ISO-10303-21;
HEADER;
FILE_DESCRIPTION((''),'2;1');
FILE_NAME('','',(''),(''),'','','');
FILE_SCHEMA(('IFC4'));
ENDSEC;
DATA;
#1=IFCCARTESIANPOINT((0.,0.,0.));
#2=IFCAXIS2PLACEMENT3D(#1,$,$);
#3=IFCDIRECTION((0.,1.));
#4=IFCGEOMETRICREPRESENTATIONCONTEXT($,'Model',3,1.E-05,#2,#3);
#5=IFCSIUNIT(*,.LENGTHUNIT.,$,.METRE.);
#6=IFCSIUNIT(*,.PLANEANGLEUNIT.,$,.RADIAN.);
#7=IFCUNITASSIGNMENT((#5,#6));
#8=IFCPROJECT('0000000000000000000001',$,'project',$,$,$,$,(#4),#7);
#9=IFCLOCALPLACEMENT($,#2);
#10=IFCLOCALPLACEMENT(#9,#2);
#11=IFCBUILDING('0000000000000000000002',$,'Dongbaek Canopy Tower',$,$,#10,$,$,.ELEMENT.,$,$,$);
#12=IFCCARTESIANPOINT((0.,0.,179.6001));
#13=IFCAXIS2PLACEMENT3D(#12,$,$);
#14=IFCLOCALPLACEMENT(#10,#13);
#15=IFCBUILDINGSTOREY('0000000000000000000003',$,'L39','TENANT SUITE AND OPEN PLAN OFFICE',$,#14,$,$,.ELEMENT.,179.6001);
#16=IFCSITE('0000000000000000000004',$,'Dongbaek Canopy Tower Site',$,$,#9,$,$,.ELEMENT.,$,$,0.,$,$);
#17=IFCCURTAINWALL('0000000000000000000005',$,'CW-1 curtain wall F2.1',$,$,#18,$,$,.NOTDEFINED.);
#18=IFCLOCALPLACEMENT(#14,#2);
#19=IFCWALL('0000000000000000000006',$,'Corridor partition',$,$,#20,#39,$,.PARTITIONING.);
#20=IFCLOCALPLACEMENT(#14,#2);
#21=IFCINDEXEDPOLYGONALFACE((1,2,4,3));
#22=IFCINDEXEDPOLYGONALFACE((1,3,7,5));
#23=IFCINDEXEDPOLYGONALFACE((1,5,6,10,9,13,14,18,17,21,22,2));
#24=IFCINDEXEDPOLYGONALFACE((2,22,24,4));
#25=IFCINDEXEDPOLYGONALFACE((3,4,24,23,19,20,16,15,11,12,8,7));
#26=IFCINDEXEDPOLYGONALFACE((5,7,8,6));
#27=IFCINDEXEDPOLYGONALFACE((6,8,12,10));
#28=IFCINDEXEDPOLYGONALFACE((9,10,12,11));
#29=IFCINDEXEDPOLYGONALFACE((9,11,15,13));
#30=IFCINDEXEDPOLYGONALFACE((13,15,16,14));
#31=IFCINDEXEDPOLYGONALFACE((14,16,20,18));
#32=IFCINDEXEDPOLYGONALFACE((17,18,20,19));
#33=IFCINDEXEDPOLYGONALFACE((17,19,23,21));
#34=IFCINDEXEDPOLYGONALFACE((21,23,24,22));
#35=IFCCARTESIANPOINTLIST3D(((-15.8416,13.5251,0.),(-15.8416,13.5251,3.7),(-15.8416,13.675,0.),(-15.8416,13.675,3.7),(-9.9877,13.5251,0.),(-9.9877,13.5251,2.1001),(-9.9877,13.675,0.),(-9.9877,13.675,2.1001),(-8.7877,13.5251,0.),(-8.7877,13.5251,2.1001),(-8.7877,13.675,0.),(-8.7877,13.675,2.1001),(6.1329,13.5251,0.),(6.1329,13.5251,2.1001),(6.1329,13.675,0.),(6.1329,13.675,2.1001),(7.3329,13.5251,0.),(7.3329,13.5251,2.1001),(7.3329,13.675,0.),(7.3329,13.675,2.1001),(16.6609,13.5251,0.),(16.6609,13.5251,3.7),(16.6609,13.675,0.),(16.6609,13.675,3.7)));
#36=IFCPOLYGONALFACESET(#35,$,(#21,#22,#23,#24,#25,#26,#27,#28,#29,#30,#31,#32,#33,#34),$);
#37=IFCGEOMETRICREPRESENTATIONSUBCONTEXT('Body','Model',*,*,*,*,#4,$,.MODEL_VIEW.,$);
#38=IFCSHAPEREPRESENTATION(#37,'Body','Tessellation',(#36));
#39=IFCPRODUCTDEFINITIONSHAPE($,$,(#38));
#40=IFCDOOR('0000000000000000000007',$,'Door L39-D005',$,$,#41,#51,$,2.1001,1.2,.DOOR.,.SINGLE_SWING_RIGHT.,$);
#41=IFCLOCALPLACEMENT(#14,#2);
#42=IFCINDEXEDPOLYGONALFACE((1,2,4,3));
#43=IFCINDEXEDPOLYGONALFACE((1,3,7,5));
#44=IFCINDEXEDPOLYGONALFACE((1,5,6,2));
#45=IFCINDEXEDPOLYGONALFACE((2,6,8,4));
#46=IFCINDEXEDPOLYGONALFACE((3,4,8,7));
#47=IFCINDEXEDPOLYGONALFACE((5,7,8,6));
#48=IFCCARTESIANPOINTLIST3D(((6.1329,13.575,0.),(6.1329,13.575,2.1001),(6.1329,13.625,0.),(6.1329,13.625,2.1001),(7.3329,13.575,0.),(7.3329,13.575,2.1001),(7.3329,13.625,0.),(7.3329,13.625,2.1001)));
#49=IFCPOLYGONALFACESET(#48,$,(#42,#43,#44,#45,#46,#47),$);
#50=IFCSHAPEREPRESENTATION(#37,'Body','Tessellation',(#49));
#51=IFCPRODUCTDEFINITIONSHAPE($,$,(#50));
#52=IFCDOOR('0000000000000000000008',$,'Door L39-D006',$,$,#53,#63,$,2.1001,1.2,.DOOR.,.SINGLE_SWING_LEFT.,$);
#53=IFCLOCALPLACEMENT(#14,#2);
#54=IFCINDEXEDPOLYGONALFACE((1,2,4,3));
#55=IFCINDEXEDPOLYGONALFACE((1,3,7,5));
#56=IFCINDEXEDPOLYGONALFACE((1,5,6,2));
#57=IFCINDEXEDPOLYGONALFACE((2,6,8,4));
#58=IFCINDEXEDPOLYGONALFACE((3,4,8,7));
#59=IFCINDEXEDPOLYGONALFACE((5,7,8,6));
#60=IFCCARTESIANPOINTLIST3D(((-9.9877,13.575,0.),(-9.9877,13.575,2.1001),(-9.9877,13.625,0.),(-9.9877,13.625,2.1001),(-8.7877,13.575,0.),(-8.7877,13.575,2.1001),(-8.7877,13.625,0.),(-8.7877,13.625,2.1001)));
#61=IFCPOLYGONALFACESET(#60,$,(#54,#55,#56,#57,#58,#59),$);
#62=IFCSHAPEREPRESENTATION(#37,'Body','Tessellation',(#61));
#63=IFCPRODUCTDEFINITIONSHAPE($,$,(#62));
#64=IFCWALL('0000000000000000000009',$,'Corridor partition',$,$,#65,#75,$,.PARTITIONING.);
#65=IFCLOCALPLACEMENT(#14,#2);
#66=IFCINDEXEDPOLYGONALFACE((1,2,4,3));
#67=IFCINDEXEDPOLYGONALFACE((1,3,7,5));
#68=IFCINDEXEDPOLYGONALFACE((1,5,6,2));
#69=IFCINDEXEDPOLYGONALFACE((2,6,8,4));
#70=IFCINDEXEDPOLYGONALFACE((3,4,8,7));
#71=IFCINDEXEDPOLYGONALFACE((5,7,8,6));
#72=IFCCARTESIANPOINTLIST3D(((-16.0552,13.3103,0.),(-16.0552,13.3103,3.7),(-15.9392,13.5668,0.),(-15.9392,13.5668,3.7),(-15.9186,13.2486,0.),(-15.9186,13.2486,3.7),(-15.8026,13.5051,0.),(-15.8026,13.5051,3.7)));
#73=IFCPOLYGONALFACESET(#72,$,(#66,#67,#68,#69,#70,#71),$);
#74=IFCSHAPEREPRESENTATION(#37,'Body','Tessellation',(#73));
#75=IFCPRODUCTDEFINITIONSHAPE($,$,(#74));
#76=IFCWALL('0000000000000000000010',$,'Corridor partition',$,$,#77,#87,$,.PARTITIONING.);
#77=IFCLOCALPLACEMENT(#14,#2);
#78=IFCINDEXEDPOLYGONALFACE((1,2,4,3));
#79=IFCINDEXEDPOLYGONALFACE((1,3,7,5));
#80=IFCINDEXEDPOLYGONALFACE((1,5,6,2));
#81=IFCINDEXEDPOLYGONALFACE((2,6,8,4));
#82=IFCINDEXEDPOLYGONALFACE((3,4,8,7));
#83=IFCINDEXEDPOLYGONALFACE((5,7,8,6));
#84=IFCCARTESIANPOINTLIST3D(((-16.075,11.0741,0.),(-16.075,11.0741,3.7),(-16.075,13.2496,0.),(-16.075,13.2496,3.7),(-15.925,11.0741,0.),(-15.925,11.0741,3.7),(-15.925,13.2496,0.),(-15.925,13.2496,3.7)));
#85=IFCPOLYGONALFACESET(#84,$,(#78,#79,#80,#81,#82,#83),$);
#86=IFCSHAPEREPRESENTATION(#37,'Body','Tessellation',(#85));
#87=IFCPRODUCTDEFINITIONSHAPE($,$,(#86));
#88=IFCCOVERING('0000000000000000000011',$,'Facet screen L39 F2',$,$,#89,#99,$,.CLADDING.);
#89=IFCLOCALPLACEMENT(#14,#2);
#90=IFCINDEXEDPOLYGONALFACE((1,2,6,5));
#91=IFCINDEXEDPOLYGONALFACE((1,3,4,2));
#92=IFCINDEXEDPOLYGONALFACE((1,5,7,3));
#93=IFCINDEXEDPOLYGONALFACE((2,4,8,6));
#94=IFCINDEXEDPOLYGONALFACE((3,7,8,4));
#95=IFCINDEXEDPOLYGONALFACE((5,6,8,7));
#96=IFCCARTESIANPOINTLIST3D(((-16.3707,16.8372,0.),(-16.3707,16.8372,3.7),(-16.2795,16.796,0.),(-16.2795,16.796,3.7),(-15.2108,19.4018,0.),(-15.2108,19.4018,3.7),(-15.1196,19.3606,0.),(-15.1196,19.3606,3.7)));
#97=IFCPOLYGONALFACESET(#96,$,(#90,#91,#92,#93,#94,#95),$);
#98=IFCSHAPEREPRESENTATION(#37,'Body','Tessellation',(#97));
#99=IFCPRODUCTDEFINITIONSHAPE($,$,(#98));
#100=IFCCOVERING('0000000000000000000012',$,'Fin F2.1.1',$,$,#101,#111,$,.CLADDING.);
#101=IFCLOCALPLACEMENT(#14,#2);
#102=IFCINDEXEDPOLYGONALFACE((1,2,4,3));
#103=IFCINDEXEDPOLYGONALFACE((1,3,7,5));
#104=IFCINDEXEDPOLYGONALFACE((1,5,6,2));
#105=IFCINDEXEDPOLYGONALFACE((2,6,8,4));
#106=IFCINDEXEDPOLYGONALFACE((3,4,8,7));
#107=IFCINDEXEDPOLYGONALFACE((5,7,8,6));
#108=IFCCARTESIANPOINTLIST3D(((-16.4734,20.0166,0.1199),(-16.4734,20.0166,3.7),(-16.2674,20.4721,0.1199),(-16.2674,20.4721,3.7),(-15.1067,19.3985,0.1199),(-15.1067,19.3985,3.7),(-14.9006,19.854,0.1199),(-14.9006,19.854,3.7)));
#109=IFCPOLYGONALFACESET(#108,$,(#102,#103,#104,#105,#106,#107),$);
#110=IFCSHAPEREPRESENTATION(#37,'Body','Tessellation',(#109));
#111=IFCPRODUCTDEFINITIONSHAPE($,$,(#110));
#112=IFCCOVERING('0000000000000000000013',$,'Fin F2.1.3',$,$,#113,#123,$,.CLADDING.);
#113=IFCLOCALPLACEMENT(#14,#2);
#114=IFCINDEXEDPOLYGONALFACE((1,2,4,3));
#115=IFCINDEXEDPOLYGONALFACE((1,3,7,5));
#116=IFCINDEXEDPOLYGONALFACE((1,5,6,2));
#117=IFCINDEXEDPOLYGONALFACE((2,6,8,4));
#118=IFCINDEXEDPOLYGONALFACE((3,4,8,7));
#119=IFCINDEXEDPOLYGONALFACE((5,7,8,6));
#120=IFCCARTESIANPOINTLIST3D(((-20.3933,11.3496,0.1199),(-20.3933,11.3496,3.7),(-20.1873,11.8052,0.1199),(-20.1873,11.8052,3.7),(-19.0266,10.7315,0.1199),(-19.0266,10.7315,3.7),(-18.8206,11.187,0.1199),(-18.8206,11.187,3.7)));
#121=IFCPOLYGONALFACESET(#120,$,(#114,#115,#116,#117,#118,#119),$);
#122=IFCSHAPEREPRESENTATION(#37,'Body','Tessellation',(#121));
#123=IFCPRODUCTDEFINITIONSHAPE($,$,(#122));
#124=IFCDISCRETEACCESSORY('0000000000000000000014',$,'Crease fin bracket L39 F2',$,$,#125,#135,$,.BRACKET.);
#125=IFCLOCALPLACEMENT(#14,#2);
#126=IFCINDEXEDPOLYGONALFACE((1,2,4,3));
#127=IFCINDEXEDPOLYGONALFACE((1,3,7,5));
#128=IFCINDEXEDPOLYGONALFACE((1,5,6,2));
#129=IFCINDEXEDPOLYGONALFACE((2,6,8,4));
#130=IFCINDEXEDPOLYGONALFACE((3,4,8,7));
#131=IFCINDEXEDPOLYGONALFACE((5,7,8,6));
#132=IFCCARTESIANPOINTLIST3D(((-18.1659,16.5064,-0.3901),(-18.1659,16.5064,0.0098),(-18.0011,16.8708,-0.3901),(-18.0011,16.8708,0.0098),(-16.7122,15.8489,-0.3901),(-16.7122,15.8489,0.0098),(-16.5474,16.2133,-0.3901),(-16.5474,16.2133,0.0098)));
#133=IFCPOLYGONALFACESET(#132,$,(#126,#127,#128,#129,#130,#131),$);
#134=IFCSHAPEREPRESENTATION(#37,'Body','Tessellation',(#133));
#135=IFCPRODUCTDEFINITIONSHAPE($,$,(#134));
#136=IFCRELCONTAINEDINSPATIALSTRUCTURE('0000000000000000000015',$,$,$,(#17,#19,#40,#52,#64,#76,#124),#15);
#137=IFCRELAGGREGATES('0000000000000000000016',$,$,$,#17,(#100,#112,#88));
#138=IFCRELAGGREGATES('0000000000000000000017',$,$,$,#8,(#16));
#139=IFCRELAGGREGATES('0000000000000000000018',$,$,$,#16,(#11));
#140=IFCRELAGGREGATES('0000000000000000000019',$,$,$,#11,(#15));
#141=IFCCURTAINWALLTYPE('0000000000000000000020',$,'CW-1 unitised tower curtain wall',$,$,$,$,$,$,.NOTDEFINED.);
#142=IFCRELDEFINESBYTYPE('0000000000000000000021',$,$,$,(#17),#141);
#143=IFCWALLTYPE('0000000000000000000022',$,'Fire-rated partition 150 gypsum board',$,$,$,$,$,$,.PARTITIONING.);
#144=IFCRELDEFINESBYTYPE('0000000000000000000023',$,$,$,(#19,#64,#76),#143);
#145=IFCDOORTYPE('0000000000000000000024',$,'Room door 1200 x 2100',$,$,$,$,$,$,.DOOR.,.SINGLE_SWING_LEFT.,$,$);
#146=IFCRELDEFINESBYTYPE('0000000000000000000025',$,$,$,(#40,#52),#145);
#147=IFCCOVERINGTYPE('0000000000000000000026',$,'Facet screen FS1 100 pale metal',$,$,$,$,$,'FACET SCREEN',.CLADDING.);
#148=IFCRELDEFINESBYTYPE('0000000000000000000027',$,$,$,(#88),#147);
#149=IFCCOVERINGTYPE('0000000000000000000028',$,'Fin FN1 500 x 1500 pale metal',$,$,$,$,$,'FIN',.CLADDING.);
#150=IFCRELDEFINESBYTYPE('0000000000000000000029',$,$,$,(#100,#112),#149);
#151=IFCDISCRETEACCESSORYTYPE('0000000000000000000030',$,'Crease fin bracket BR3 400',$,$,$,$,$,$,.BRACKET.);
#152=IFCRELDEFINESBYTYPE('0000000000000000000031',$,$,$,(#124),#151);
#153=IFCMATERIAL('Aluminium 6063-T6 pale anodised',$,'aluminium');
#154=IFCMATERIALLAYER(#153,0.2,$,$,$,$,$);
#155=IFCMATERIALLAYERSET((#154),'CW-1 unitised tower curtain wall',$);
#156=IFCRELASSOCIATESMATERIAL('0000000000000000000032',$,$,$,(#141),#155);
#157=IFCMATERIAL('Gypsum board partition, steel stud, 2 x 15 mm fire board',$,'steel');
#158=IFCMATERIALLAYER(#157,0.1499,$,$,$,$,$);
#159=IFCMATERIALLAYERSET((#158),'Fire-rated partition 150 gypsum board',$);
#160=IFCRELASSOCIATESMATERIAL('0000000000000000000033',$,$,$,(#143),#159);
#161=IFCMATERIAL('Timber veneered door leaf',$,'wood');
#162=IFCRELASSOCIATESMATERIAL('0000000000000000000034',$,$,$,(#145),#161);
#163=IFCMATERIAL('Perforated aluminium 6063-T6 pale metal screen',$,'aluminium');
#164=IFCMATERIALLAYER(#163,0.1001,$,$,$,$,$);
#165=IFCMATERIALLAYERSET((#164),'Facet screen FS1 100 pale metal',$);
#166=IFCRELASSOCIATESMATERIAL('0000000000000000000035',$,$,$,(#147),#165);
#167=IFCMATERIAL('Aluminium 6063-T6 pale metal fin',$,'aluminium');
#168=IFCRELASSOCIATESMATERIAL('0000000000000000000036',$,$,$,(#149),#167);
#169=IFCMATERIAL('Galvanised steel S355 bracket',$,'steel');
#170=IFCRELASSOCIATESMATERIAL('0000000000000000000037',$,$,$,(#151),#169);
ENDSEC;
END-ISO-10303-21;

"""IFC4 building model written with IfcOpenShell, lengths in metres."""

from ifc_helpers import new_model, si_unit, direction, frame, frame_2d, origin, origin_2d, place, context, subcontext, project, spatial, rectangle, extrude, material, layer, layer_set, material_profile, profile_set, type_object, element, fill, aggregate, save


model = new_model("IFC4")

# Units and contexts
model_context = context("Model", 3, precision=1e-05, world=origin(), true_north=direction((0.0, 1.0)))
body_context = subcontext(model_context, "Body", "Model", "MODEL_VIEW")
ifc_project = project(units=[si_unit("LENGTHUNIT", "METRE"), si_unit("PLANEANGLEUNIT", "RADIAN")], contexts=[model_context])

# Site, building, storey
site_placement = place(None, origin())
site = spatial("IfcSite", under=ifc_project, at=site_placement, Name="Dongbaek Canopy Tower Site", CompositionType="ELEMENT", RefElevation=0.0)
building_placement = place(site_placement, origin())
building = spatial("IfcBuilding", under=site, at=building_placement, Name="Dongbaek Canopy Tower", CompositionType="ELEMENT")
storey_placement = place(building_placement, frame((0.0, 0.0, 179.6001)))
storey = spatial("IfcBuildingStorey", under=building, at=storey_placement, Name="L39", Description="TENANT SUITE AND OPEN PLAN OFFICE", CompositionType="ELEMENT", Elevation=179.6001)

# Curtain wall
ifc_material_1 = material(Name="Aluminium 6063-T6 pale anodised", Category="aluminium")
ifc_layer_1 = layer(ifc_material_1, 0.2)
ifc_layer_set_1 = layer_set([ifc_layer_1], Name="CW-1 unitised tower curtain wall")
curtain_wall_type = type_object("IfcCurtainWallType", Name="CW-1 unitised tower curtain wall", PredefinedType="NOTDEFINED", material=ifc_layer_set_1)
curtain_wall_1_placement = place(storey_placement, origin())
curtain_wall_1 = element("IfcCurtainWall", 1, at=curtain_wall_1_placement, inside=storey, type_object=curtain_wall_type, Name="CW-1 curtain wall F2.1", PredefinedType="NOTDEFINED")

# Wall, openings, doors
ifc_material_2 = material(Name="Gypsum board partition, steel stud, 2 x 15 mm fire board", Category="steel")
ifc_layer_2 = layer(ifc_material_2, 0.1499)
ifc_layer_set_2 = layer_set([ifc_layer_2], Name="Fire-rated partition 150 gypsum board")
wall_type = type_object("IfcWallType", Name="Fire-rated partition 150 gypsum board", PredefinedType="PARTITIONING", material=ifc_layer_set_2)
wall_1_placement = place(storey_placement, frame((-15.8416, 13.6001, 0.0), z_axis=(0.0, 0.0, 1.0), x_axis=(1.0, 0.0, 0.0)))
wall_1 = element("IfcWall", 2, at=wall_1_placement, inside=storey, type_object=wall_type, Name="Corridor partition", PredefinedType="PARTITIONING", context=body_context, shape_type="SweptSolid", body=[
    extrude(rectangle(XDim=32.5024, YDim=0.1499, at=frame_2d((16.2512, 0.0))), origin(), (0.0, 0.0, 1.0), 3.7),
])
opening_1_placement = place(wall_1_placement, frame((21.9744, 0.0, 0.0)))
opening_1 = element("IfcOpeningElement", 3, at=opening_1_placement, cuts=wall_1, PredefinedType="OPENING", context=body_context, shape_type="SweptSolid", body=[
    extrude(rectangle(XDim=1.2, YDim=2.1001, at=frame_2d((0.6001, 1.05))), frame((0.0, 0.085, 0.0), z_axis=(0.0, -1.0, 0.0), x_axis=(1.0, 0.0, 0.0)), (0.0, 0.0, 1.0), 0.1699),
])
opening_2_placement = place(wall_1_placement, frame((5.8538, 0.0, 0.0)))
opening_2 = element("IfcOpeningElement", 4, at=opening_2_placement, cuts=wall_1, PredefinedType="OPENING", context=body_context, shape_type="SweptSolid", body=[
    extrude(rectangle(XDim=1.2, YDim=2.1001, at=frame_2d((0.6001, 1.05))), frame((0.0, 0.085, 0.0), z_axis=(0.0, -1.0, 0.0), x_axis=(1.0, 0.0, 0.0)), (0.0, 0.0, 1.0), 0.1699),
])
ifc_material_3 = material(Name="Timber veneered door leaf", Category="wood")
door_type = type_object("IfcDoorType", Name="Room door 1200 x 2100", OperationType="SINGLE_SWING_LEFT", PredefinedType="DOOR", material=ifc_material_3)
door_1_placement = place(opening_1_placement, origin())
door_1 = element("IfcDoor", 5, at=door_1_placement, inside=storey, type_object=door_type, Name="Door L39-D005", OperationType="SINGLE_SWING_RIGHT", OverallHeight=2.1001, OverallWidth=1.2, PredefinedType="DOOR", context=body_context, shape_type="SweptSolid", body=[
    extrude(rectangle(XDim=1.2, YDim=2.1001, at=frame_2d((0.6001, 1.05))), frame((0.0, 0.0249, 0.0), z_axis=(0.0, -1.0, 0.0), x_axis=(1.0, 0.0, 0.0)), (0.0, 0.0, 1.0), 0.05),
])
fill(opening_1, door_1)
door_2_placement = place(opening_2_placement, origin())
door_2 = element("IfcDoor", 6, at=door_2_placement, inside=storey, type_object=door_type, Name="Door L39-D006", OperationType="SINGLE_SWING_LEFT", OverallHeight=2.1001, OverallWidth=1.2, PredefinedType="DOOR", context=body_context, shape_type="SweptSolid", body=[
    extrude(rectangle(XDim=1.2, YDim=2.1001, at=frame_2d((0.6001, 1.05))), frame((0.0, 0.0249, 0.0), z_axis=(0.0, -1.0, 0.0), x_axis=(1.0, 0.0, 0.0)), (0.0, 0.0, 1.0), 0.05),
])
fill(opening_2, door_2)

# Walls
wall_2_placement = place(storey_placement, frame((-15.9868, 13.2795, 0.0), z_axis=(0.0, 0.0, 1.0), x_axis=(0.411842, 0.911255, 0.0)))
element("IfcWall", 7, at=wall_2_placement, inside=storey, type_object=wall_type, Name="Corridor partition", PredefinedType="PARTITIONING", context=body_context, shape_type="SweptSolid", body=[
    extrude(rectangle(XDim=0.2815, YDim=0.1499, at=frame_2d((0.1406, 0.0))), origin(), (0.0, 0.0, 1.0), 3.7),
])
wall_3_placement = place(storey_placement, frame((-16.0, 11.074, 0.0), z_axis=(0.0, 0.0, 1.0), x_axis=(0.0, 1.0, 0.0)))
element("IfcWall", 8, at=wall_3_placement, inside=storey, type_object=wall_type, Name="Corridor partition", PredefinedType="PARTITIONING", context=body_context, shape_type="SweptSolid", body=[
    extrude(rectangle(XDim=2.1755, YDim=0.1499, at=frame_2d((1.0879, 0.0))), origin(), (0.0, 0.0, 1.0), 3.7),
])

# Coverings
ifc_material_4 = material(Name="Perforated aluminium 6063-T6 pale metal screen", Category="aluminium")
ifc_layer_3 = layer(ifc_material_4, 0.1001)
ifc_layer_set_3 = layer_set([ifc_layer_3], Name="Facet screen FS1 100 pale metal")
covering_type_1 = type_object("IfcCoveringType", Name="Facet screen FS1 100 pale metal", ElementType="FACET SCREEN", PredefinedType="CLADDING", material=ifc_layer_set_3)
covering_1_placement = place(storey_placement, frame((-15.7451, 18.0989, 0.0), z_axis=(0.0, 0.0, 1.0), x_axis=(-0.412081, -0.911147, 0.0)))
covering_1 = element("IfcCovering", 9, at=covering_1_placement, type_object=covering_type_1, Name="Facet screen L39 F2", PredefinedType="CLADDING", context=body_context, shape_type="SweptSolid", body=[
    extrude(rectangle(XDim=2.8147, YDim=0.1001, at=origin_2d()), origin(), (0.0, 0.0, 1.0), 3.7),
])
ifc_material_5 = material(Name="Aluminium 6063-T6 pale metal fin", Category="aluminium")
ifc_material_profile_1 = material_profile(ifc_material_5, rectangle(XDim=1.5, YDim=0.5, at=origin_2d()), Name="Fin FN1 500 x 1500 pale metal")
ifc_profile_set_1 = profile_set([ifc_material_profile_1], Name="Aluminium 6063-T6 pale metal fin")
covering_type_2 = type_object("IfcCoveringType", Name="Fin FN1 500 x 1500 pale metal", ElementType="FIN", PredefinedType="CLADDING", material=ifc_profile_set_1)
covering_2_placement = place(storey_placement, frame((-15.687, 19.9353, 0.1199), z_axis=(0.0, 0.0, 1.0), x_axis=(-0.911148, 0.41208, 0.0)))
covering_2 = element("IfcCovering", 10, at=covering_2_placement, type_object=covering_type_2, Name="Fin F2.1.1", PredefinedType="CLADDING", context=body_context, shape_type="SweptSolid", body=[
    extrude(rectangle(XDim=1.5, YDim=0.5, at=origin_2d()), origin(), (0.0, 0.0, 1.0), 3.5801),
])
covering_3_placement = place(storey_placement, frame((-19.6069, 11.2683, 0.1199), z_axis=(0.0, 0.0, 1.0), x_axis=(-0.911148, 0.41208, 0.0)))
covering_3 = element("IfcCovering", 11, at=covering_3_placement, type_object=covering_type_2, Name="Fin F2.1.3", PredefinedType="CLADDING", context=body_context, shape_type="SweptSolid", body=[
    extrude(rectangle(XDim=1.5, YDim=0.5, at=origin_2d()), origin(), (0.0, 0.0, 1.0), 3.5801),
])
aggregate(curtain_wall_1, [covering_2, covering_3, covering_1])

# Discrete accessory
ifc_material_6 = material(Name="Galvanised steel S355 bracket", Category="steel")
discrete_accessory_type = type_object("IfcDiscreteAccessoryType", Name="Crease fin bracket BR3 400", PredefinedType="BRACKET", material=ifc_material_6)
discrete_accessory_placement = place(storey_placement, frame((-17.3567, 16.3599, -0.3901), z_axis=(0.0, 0.0, 1.0), x_axis=(-0.911147, 0.412081, 0.0)))
element("IfcDiscreteAccessory", 12, at=discrete_accessory_placement, inside=storey, type_object=discrete_accessory_type, Name="Crease fin bracket L39 F2", PredefinedType="BRACKET", context=body_context, shape_type="SweptSolid", body=[
    extrude(rectangle(XDim=1.5955, YDim=0.3999, at=origin_2d()), origin(), (0.0, 0.0, 1.0), 0.3999),
])

save(model, "model.ifc")
